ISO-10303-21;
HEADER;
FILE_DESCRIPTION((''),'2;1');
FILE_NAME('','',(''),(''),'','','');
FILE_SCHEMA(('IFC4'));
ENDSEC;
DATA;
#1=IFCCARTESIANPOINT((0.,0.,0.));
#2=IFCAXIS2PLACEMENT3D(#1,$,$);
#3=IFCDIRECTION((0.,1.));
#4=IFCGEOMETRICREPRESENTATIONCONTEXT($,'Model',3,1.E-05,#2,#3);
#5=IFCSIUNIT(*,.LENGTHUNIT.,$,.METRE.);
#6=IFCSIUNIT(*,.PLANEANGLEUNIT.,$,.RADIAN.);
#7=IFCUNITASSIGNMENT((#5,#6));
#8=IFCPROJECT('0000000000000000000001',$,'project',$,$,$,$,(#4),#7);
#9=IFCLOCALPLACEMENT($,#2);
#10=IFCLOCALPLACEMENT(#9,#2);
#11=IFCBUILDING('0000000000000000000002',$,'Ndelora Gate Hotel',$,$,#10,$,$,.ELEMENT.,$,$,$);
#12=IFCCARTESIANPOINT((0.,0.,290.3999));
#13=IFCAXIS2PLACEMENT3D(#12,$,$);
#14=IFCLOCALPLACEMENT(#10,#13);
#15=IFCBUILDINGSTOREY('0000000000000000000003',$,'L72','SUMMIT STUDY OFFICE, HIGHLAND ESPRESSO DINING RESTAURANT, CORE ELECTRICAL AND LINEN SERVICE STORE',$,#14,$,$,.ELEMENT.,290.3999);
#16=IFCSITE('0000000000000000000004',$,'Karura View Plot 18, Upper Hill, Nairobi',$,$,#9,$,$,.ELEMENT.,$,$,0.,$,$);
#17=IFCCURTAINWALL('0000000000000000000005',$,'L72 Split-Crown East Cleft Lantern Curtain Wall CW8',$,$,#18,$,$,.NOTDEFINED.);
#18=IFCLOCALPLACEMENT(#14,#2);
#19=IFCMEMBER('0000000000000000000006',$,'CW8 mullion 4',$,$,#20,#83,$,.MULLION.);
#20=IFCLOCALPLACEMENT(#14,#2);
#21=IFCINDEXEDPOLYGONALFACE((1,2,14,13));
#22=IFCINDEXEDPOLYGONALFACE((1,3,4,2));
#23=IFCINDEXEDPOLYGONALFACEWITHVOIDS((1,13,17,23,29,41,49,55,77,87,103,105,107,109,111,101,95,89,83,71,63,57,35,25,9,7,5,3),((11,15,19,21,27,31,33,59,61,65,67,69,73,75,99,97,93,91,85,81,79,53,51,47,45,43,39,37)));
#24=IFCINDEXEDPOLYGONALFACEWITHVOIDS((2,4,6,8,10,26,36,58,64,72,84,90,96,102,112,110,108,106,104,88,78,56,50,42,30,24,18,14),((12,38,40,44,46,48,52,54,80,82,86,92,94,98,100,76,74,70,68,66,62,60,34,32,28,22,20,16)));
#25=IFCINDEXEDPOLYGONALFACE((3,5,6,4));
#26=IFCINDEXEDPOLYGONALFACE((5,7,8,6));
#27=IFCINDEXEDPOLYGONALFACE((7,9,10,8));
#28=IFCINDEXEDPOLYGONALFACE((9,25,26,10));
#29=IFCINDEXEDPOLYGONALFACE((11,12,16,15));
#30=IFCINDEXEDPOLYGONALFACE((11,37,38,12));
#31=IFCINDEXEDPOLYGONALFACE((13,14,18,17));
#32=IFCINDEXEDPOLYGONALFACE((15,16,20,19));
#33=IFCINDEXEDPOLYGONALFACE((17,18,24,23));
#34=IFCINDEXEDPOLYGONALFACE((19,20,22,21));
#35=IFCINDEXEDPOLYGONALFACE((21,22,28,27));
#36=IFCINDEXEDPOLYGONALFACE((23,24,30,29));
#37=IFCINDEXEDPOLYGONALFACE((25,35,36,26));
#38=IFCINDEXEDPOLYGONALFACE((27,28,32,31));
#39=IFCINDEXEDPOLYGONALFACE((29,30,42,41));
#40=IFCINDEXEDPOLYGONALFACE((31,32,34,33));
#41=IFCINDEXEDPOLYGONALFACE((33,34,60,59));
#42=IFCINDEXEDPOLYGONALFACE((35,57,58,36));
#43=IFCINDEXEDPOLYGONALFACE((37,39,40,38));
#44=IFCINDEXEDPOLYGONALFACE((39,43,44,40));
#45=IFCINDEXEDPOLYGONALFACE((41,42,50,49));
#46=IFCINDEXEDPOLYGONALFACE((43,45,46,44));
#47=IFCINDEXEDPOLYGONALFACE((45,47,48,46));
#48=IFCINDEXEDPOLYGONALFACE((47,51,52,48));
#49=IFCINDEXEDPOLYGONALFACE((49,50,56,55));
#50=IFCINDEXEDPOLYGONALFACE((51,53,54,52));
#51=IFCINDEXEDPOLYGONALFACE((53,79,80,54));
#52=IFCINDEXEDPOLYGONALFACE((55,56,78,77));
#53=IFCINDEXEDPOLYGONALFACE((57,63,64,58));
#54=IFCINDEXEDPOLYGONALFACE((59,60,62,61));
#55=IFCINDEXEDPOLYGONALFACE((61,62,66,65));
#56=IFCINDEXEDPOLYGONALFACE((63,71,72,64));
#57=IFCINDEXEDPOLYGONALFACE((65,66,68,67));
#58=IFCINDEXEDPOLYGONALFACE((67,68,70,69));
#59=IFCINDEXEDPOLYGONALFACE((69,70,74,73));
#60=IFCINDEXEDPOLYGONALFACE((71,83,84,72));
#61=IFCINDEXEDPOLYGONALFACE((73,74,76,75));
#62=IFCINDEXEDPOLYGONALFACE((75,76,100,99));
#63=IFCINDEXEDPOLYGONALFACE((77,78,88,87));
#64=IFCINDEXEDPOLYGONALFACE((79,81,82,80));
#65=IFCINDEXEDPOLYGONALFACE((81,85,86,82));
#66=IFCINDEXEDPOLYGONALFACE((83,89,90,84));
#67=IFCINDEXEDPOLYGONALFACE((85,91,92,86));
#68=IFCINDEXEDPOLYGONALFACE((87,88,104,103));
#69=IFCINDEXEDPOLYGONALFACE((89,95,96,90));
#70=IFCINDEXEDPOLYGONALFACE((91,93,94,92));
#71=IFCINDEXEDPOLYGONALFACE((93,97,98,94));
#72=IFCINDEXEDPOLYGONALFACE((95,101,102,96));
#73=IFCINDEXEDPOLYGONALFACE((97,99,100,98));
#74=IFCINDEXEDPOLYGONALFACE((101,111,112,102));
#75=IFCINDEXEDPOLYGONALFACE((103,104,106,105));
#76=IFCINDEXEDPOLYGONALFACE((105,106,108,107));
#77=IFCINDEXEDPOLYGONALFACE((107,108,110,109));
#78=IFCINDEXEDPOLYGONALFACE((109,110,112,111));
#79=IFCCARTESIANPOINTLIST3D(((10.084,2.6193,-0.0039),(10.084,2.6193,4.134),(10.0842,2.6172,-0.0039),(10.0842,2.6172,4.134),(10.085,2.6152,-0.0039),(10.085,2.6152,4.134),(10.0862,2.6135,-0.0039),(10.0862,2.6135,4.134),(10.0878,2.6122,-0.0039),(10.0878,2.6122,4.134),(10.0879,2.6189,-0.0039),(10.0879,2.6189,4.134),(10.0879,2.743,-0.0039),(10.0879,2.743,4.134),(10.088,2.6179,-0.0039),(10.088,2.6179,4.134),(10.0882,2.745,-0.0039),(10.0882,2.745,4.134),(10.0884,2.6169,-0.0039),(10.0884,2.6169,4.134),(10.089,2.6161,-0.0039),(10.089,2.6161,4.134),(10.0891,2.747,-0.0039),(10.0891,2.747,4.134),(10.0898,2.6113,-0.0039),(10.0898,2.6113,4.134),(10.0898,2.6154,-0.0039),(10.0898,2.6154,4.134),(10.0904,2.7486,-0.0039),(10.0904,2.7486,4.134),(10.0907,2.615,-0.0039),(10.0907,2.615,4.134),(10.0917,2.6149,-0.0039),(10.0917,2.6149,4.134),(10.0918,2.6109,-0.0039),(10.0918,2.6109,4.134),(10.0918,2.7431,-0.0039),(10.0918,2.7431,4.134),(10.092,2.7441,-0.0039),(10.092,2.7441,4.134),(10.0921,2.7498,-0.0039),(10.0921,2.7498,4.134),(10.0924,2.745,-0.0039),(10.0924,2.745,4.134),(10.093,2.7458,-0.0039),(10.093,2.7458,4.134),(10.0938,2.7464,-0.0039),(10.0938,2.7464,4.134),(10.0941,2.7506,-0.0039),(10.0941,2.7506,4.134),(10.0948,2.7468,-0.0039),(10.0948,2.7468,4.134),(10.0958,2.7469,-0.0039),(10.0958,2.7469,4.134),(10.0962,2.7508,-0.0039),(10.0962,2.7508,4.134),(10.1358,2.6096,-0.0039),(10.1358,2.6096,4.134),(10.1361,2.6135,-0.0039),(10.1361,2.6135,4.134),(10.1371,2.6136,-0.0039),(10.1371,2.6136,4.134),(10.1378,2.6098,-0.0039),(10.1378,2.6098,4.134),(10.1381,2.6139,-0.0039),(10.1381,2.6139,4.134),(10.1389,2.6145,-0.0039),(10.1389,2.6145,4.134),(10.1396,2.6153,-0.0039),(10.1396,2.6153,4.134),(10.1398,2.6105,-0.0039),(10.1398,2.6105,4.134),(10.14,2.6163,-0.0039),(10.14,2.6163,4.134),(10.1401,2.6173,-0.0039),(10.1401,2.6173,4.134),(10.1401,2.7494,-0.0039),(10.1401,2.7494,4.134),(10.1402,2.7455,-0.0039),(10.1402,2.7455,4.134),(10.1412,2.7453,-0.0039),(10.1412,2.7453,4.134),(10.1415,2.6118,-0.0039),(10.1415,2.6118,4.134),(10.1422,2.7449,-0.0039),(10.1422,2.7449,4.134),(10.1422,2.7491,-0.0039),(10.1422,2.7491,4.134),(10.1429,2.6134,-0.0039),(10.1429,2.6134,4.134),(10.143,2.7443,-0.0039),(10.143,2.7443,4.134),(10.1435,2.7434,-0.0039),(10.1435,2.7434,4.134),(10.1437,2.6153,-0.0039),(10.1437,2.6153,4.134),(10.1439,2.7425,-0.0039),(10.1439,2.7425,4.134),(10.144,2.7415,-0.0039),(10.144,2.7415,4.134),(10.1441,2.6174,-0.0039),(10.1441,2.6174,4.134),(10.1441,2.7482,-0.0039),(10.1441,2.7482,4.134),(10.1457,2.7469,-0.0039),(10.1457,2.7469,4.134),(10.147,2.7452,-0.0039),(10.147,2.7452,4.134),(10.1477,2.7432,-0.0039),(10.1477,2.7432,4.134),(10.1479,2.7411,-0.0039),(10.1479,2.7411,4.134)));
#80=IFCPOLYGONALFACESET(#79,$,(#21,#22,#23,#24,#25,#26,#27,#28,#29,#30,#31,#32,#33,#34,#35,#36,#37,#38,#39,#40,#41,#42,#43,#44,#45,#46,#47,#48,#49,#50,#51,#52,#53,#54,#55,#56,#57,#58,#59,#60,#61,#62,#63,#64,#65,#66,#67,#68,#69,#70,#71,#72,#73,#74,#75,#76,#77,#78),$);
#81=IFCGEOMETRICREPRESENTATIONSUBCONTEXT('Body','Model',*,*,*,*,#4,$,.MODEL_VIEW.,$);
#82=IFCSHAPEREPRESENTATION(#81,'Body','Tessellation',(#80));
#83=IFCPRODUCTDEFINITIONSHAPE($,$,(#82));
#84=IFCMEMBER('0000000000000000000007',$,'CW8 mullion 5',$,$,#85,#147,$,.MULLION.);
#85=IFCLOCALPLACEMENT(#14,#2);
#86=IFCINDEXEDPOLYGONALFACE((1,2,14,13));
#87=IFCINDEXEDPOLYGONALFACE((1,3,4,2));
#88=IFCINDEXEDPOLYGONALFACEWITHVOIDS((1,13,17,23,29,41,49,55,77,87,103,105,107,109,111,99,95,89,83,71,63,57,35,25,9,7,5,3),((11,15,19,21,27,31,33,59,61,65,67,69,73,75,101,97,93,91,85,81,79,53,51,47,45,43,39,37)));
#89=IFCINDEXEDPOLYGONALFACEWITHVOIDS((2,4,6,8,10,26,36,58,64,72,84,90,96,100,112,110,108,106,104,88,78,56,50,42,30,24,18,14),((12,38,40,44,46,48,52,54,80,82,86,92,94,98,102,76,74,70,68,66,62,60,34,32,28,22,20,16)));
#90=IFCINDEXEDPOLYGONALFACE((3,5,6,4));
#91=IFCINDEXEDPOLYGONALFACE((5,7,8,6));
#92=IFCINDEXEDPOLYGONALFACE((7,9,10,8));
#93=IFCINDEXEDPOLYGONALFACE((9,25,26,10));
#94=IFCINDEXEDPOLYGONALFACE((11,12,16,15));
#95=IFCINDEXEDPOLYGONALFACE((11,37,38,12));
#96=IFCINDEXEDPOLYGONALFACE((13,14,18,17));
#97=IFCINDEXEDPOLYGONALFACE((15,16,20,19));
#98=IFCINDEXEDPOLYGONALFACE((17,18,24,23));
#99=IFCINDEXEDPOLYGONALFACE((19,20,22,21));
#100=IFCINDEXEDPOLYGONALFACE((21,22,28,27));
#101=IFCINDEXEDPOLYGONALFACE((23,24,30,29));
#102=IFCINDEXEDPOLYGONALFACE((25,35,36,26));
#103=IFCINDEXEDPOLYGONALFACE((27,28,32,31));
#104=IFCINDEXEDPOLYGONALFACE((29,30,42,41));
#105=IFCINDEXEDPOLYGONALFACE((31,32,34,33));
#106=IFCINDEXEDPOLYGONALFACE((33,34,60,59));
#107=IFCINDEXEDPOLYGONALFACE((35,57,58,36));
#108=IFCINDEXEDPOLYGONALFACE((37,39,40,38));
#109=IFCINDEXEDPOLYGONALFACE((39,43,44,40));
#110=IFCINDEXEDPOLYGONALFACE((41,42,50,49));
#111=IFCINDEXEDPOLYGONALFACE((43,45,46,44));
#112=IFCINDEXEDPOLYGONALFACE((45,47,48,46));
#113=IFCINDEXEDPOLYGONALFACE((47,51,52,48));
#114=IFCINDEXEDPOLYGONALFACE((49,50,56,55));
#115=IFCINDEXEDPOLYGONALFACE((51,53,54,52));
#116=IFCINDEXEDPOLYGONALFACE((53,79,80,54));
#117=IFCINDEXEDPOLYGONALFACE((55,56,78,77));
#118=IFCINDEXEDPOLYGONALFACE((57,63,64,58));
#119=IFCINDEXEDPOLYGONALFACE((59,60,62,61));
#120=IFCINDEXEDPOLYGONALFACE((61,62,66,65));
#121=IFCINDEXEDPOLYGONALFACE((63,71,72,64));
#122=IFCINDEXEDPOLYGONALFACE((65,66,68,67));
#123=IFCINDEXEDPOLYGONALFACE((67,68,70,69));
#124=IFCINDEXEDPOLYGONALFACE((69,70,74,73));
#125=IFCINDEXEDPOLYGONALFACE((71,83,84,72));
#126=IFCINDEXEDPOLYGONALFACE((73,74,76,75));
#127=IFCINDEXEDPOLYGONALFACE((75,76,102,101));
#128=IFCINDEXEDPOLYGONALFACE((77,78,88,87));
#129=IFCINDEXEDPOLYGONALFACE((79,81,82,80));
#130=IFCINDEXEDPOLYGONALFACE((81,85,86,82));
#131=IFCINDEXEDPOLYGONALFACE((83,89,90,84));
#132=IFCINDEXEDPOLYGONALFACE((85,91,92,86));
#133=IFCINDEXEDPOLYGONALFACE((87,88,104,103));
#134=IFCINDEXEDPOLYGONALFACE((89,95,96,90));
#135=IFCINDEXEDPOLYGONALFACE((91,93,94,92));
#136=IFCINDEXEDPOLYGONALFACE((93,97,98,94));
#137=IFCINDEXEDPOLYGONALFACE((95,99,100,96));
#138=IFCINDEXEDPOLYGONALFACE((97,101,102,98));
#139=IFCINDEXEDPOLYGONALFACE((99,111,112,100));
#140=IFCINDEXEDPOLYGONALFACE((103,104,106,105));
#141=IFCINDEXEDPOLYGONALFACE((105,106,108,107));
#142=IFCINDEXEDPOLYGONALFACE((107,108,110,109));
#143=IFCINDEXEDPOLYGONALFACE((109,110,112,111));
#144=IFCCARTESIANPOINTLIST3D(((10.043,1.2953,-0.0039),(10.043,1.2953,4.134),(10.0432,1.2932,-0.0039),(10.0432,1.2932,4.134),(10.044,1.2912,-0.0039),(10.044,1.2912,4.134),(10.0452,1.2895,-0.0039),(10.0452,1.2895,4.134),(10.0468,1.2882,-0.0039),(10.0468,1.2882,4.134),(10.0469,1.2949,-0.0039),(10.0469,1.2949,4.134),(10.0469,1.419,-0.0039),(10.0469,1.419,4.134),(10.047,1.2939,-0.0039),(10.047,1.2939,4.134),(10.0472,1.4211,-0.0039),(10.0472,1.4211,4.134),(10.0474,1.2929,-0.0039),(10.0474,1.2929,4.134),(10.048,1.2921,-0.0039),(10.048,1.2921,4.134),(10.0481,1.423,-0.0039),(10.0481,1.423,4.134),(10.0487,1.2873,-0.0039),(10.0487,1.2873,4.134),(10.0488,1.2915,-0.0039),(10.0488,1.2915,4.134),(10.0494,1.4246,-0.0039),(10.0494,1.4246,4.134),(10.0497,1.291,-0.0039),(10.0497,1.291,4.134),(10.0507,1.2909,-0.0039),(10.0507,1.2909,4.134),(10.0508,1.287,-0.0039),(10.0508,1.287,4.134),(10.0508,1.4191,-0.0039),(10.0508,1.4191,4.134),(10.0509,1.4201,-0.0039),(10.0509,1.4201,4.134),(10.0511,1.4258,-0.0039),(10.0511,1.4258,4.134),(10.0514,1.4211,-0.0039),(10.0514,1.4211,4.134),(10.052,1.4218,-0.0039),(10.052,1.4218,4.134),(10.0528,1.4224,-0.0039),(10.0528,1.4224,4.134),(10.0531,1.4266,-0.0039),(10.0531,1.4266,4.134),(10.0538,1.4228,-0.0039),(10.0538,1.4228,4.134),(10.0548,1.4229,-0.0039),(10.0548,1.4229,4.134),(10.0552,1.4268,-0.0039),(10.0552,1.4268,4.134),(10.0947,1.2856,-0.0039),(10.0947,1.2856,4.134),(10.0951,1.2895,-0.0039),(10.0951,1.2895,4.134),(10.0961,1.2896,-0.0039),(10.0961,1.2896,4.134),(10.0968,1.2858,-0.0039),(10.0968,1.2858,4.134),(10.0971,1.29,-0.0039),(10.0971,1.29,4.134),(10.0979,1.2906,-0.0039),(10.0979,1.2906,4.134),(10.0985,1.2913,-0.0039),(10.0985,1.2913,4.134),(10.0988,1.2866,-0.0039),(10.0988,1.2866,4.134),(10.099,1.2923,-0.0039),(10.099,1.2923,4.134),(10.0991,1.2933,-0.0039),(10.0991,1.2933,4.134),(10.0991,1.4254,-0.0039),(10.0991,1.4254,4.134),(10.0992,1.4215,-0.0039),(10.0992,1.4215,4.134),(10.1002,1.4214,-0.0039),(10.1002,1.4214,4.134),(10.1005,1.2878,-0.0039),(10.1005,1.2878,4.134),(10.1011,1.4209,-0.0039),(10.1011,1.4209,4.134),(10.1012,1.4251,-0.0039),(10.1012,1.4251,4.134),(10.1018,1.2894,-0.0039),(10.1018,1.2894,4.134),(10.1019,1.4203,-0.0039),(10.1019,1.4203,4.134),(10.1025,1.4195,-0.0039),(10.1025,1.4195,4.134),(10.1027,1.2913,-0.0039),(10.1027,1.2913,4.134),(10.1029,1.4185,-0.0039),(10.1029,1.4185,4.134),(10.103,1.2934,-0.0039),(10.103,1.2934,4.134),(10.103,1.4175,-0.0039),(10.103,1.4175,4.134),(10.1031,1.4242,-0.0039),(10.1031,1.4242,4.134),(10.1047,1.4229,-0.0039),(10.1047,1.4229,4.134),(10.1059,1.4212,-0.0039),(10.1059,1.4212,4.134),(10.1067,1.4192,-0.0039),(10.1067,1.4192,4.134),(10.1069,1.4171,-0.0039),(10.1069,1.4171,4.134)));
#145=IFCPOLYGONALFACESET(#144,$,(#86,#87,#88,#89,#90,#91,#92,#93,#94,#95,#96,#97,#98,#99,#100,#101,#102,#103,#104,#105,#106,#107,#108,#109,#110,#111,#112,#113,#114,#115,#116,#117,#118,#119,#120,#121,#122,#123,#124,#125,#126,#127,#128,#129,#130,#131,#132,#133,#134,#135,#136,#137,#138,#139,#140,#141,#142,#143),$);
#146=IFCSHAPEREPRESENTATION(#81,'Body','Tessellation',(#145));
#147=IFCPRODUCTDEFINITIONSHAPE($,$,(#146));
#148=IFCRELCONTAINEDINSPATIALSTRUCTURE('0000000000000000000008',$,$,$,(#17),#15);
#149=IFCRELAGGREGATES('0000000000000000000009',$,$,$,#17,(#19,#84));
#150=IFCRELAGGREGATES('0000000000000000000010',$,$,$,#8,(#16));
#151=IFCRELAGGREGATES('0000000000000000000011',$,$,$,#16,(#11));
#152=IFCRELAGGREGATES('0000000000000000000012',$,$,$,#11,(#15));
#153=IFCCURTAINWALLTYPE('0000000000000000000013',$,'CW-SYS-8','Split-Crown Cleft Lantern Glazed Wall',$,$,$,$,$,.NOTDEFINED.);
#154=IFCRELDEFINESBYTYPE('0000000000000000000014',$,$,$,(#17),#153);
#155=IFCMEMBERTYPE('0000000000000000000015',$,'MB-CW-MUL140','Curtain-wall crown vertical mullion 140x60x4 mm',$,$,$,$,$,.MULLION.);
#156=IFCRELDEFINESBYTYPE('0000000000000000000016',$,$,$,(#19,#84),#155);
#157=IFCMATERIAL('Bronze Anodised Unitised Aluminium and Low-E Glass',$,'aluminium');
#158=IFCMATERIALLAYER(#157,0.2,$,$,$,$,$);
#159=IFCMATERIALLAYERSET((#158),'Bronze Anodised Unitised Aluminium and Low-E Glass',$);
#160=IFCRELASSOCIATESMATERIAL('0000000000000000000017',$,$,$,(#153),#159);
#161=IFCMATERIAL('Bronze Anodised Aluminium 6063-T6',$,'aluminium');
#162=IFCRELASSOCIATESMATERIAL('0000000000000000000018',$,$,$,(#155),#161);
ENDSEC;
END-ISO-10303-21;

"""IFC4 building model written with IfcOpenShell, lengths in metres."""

from ifc_helpers import new_model, si_unit, direction, frame, origin, origin_2d, place, context, subcontext, project, spatial, hollow_rectangle, extrude, material, layer, layer_set, material_profile, profile_set, type_object, element, aggregate, save


model = new_model("IFC4")

# Units and contexts
model_context = context("Model", 3, precision=1e-05, world=origin(), true_north=direction((0.0, 1.0)))
body_context = subcontext(model_context, "Body", "Model", "MODEL_VIEW")
ifc_project = project(units=[si_unit("LENGTHUNIT", "METRE"), si_unit("PLANEANGLEUNIT", "RADIAN")], contexts=[model_context])

# Site, building, storey
site_placement = place(None, origin())
site = spatial("IfcSite", under=ifc_project, at=site_placement, Name="Karura View Plot 18, Upper Hill, Nairobi", CompositionType="ELEMENT", RefElevation=0.0)
building_placement = place(site_placement, origin())
building = spatial("IfcBuilding", under=site, at=building_placement, Name="Ndelora Gate Hotel", CompositionType="ELEMENT")
storey_placement = place(building_placement, frame((0.0, 0.0, 290.3999)))
storey = spatial("IfcBuildingStorey", under=building, at=storey_placement, Name="L72", Description="SUMMIT STUDY OFFICE, HIGHLAND ESPRESSO DINING RESTAURANT, CORE ELECTRICAL AND LINEN SERVICE STORE", CompositionType="ELEMENT", Elevation=290.3999)

# Curtain wall, members
ifc_material_1 = material(Name="Bronze Anodised Unitised Aluminium and Low-E Glass", Category="aluminium")
ifc_layer_1 = layer(ifc_material_1, 0.2)
ifc_layer_set_1 = layer_set([ifc_layer_1], Name="Bronze Anodised Unitised Aluminium and Low-E Glass")
curtain_wall_type = type_object("IfcCurtainWallType", Name="CW-SYS-8", Description="Split-Crown Cleft Lantern Glazed Wall", PredefinedType="NOTDEFINED", material=ifc_layer_set_1)
curtain_wall_placement = place(storey_placement, origin())
curtain_wall = element("IfcCurtainWall", 1, at=curtain_wall_placement, inside=storey, type_object=curtain_wall_type, Name="L72 Split-Crown East Cleft Lantern Curtain Wall CW8", PredefinedType="NOTDEFINED")
ifc_material_2 = material(Name="Bronze Anodised Aluminium 6063-T6", Category="aluminium")
ifc_material_profile_1 = material_profile(ifc_material_2, hollow_rectangle(XDim=0.0601, YDim=0.1399, WallThickness=0.0039, InnerFilletRadius=0.0039, OuterFilletRadius=0.0081, at=origin_2d()), Name="ALU 140x60x4")
ifc_profile_set_1 = profile_set([ifc_material_profile_1], Name="Bronze Anodised Aluminium 6063-T6")
member_type_1 = type_object("IfcMemberType", Name="MB-CW-MUL140", Description="Curtain-wall crown vertical mullion 140x60x4 mm", PredefinedType="MULLION", material=ifc_profile_set_1)
member_1_placement = place(storey_placement, frame((10.116, 2.6802, -0.0039), z_axis=(0.0, 0.0, 1.0), x_axis=(0.999515, -0.031131, 0.0)))
member_1 = element("IfcMember", 2, at=member_1_placement, type_object=member_type_1, Name="CW8 mullion 4", PredefinedType="MULLION", context=body_context, shape_type="SweptSolid", body=[
    extrude(hollow_rectangle(XDim=0.0601, YDim=0.1399, WallThickness=0.0039, InnerFilletRadius=0.0039, OuterFilletRadius=0.0081, at=origin_2d()), origin(), (0.0, 0.0, 1.0), 4.1379),
])
member_2_placement = place(storey_placement, frame((10.075, 1.3562, -0.0039), z_axis=(0.0, 0.0, 1.0), x_axis=(0.999515, -0.031131, 0.0)))
member_2 = element("IfcMember", 3, at=member_2_placement, type_object=member_type_1, Name="CW8 mullion 5", PredefinedType="MULLION", context=body_context, shape_type="SweptSolid", body=[
    extrude(hollow_rectangle(XDim=0.0601, YDim=0.1399, WallThickness=0.0039, InnerFilletRadius=0.0039, OuterFilletRadius=0.0081, at=origin_2d()), origin(), (0.0, 0.0, 1.0), 4.1379),
])
aggregate(curtain_wall, [member_1, member_2])

save(model, "model.ifc")
